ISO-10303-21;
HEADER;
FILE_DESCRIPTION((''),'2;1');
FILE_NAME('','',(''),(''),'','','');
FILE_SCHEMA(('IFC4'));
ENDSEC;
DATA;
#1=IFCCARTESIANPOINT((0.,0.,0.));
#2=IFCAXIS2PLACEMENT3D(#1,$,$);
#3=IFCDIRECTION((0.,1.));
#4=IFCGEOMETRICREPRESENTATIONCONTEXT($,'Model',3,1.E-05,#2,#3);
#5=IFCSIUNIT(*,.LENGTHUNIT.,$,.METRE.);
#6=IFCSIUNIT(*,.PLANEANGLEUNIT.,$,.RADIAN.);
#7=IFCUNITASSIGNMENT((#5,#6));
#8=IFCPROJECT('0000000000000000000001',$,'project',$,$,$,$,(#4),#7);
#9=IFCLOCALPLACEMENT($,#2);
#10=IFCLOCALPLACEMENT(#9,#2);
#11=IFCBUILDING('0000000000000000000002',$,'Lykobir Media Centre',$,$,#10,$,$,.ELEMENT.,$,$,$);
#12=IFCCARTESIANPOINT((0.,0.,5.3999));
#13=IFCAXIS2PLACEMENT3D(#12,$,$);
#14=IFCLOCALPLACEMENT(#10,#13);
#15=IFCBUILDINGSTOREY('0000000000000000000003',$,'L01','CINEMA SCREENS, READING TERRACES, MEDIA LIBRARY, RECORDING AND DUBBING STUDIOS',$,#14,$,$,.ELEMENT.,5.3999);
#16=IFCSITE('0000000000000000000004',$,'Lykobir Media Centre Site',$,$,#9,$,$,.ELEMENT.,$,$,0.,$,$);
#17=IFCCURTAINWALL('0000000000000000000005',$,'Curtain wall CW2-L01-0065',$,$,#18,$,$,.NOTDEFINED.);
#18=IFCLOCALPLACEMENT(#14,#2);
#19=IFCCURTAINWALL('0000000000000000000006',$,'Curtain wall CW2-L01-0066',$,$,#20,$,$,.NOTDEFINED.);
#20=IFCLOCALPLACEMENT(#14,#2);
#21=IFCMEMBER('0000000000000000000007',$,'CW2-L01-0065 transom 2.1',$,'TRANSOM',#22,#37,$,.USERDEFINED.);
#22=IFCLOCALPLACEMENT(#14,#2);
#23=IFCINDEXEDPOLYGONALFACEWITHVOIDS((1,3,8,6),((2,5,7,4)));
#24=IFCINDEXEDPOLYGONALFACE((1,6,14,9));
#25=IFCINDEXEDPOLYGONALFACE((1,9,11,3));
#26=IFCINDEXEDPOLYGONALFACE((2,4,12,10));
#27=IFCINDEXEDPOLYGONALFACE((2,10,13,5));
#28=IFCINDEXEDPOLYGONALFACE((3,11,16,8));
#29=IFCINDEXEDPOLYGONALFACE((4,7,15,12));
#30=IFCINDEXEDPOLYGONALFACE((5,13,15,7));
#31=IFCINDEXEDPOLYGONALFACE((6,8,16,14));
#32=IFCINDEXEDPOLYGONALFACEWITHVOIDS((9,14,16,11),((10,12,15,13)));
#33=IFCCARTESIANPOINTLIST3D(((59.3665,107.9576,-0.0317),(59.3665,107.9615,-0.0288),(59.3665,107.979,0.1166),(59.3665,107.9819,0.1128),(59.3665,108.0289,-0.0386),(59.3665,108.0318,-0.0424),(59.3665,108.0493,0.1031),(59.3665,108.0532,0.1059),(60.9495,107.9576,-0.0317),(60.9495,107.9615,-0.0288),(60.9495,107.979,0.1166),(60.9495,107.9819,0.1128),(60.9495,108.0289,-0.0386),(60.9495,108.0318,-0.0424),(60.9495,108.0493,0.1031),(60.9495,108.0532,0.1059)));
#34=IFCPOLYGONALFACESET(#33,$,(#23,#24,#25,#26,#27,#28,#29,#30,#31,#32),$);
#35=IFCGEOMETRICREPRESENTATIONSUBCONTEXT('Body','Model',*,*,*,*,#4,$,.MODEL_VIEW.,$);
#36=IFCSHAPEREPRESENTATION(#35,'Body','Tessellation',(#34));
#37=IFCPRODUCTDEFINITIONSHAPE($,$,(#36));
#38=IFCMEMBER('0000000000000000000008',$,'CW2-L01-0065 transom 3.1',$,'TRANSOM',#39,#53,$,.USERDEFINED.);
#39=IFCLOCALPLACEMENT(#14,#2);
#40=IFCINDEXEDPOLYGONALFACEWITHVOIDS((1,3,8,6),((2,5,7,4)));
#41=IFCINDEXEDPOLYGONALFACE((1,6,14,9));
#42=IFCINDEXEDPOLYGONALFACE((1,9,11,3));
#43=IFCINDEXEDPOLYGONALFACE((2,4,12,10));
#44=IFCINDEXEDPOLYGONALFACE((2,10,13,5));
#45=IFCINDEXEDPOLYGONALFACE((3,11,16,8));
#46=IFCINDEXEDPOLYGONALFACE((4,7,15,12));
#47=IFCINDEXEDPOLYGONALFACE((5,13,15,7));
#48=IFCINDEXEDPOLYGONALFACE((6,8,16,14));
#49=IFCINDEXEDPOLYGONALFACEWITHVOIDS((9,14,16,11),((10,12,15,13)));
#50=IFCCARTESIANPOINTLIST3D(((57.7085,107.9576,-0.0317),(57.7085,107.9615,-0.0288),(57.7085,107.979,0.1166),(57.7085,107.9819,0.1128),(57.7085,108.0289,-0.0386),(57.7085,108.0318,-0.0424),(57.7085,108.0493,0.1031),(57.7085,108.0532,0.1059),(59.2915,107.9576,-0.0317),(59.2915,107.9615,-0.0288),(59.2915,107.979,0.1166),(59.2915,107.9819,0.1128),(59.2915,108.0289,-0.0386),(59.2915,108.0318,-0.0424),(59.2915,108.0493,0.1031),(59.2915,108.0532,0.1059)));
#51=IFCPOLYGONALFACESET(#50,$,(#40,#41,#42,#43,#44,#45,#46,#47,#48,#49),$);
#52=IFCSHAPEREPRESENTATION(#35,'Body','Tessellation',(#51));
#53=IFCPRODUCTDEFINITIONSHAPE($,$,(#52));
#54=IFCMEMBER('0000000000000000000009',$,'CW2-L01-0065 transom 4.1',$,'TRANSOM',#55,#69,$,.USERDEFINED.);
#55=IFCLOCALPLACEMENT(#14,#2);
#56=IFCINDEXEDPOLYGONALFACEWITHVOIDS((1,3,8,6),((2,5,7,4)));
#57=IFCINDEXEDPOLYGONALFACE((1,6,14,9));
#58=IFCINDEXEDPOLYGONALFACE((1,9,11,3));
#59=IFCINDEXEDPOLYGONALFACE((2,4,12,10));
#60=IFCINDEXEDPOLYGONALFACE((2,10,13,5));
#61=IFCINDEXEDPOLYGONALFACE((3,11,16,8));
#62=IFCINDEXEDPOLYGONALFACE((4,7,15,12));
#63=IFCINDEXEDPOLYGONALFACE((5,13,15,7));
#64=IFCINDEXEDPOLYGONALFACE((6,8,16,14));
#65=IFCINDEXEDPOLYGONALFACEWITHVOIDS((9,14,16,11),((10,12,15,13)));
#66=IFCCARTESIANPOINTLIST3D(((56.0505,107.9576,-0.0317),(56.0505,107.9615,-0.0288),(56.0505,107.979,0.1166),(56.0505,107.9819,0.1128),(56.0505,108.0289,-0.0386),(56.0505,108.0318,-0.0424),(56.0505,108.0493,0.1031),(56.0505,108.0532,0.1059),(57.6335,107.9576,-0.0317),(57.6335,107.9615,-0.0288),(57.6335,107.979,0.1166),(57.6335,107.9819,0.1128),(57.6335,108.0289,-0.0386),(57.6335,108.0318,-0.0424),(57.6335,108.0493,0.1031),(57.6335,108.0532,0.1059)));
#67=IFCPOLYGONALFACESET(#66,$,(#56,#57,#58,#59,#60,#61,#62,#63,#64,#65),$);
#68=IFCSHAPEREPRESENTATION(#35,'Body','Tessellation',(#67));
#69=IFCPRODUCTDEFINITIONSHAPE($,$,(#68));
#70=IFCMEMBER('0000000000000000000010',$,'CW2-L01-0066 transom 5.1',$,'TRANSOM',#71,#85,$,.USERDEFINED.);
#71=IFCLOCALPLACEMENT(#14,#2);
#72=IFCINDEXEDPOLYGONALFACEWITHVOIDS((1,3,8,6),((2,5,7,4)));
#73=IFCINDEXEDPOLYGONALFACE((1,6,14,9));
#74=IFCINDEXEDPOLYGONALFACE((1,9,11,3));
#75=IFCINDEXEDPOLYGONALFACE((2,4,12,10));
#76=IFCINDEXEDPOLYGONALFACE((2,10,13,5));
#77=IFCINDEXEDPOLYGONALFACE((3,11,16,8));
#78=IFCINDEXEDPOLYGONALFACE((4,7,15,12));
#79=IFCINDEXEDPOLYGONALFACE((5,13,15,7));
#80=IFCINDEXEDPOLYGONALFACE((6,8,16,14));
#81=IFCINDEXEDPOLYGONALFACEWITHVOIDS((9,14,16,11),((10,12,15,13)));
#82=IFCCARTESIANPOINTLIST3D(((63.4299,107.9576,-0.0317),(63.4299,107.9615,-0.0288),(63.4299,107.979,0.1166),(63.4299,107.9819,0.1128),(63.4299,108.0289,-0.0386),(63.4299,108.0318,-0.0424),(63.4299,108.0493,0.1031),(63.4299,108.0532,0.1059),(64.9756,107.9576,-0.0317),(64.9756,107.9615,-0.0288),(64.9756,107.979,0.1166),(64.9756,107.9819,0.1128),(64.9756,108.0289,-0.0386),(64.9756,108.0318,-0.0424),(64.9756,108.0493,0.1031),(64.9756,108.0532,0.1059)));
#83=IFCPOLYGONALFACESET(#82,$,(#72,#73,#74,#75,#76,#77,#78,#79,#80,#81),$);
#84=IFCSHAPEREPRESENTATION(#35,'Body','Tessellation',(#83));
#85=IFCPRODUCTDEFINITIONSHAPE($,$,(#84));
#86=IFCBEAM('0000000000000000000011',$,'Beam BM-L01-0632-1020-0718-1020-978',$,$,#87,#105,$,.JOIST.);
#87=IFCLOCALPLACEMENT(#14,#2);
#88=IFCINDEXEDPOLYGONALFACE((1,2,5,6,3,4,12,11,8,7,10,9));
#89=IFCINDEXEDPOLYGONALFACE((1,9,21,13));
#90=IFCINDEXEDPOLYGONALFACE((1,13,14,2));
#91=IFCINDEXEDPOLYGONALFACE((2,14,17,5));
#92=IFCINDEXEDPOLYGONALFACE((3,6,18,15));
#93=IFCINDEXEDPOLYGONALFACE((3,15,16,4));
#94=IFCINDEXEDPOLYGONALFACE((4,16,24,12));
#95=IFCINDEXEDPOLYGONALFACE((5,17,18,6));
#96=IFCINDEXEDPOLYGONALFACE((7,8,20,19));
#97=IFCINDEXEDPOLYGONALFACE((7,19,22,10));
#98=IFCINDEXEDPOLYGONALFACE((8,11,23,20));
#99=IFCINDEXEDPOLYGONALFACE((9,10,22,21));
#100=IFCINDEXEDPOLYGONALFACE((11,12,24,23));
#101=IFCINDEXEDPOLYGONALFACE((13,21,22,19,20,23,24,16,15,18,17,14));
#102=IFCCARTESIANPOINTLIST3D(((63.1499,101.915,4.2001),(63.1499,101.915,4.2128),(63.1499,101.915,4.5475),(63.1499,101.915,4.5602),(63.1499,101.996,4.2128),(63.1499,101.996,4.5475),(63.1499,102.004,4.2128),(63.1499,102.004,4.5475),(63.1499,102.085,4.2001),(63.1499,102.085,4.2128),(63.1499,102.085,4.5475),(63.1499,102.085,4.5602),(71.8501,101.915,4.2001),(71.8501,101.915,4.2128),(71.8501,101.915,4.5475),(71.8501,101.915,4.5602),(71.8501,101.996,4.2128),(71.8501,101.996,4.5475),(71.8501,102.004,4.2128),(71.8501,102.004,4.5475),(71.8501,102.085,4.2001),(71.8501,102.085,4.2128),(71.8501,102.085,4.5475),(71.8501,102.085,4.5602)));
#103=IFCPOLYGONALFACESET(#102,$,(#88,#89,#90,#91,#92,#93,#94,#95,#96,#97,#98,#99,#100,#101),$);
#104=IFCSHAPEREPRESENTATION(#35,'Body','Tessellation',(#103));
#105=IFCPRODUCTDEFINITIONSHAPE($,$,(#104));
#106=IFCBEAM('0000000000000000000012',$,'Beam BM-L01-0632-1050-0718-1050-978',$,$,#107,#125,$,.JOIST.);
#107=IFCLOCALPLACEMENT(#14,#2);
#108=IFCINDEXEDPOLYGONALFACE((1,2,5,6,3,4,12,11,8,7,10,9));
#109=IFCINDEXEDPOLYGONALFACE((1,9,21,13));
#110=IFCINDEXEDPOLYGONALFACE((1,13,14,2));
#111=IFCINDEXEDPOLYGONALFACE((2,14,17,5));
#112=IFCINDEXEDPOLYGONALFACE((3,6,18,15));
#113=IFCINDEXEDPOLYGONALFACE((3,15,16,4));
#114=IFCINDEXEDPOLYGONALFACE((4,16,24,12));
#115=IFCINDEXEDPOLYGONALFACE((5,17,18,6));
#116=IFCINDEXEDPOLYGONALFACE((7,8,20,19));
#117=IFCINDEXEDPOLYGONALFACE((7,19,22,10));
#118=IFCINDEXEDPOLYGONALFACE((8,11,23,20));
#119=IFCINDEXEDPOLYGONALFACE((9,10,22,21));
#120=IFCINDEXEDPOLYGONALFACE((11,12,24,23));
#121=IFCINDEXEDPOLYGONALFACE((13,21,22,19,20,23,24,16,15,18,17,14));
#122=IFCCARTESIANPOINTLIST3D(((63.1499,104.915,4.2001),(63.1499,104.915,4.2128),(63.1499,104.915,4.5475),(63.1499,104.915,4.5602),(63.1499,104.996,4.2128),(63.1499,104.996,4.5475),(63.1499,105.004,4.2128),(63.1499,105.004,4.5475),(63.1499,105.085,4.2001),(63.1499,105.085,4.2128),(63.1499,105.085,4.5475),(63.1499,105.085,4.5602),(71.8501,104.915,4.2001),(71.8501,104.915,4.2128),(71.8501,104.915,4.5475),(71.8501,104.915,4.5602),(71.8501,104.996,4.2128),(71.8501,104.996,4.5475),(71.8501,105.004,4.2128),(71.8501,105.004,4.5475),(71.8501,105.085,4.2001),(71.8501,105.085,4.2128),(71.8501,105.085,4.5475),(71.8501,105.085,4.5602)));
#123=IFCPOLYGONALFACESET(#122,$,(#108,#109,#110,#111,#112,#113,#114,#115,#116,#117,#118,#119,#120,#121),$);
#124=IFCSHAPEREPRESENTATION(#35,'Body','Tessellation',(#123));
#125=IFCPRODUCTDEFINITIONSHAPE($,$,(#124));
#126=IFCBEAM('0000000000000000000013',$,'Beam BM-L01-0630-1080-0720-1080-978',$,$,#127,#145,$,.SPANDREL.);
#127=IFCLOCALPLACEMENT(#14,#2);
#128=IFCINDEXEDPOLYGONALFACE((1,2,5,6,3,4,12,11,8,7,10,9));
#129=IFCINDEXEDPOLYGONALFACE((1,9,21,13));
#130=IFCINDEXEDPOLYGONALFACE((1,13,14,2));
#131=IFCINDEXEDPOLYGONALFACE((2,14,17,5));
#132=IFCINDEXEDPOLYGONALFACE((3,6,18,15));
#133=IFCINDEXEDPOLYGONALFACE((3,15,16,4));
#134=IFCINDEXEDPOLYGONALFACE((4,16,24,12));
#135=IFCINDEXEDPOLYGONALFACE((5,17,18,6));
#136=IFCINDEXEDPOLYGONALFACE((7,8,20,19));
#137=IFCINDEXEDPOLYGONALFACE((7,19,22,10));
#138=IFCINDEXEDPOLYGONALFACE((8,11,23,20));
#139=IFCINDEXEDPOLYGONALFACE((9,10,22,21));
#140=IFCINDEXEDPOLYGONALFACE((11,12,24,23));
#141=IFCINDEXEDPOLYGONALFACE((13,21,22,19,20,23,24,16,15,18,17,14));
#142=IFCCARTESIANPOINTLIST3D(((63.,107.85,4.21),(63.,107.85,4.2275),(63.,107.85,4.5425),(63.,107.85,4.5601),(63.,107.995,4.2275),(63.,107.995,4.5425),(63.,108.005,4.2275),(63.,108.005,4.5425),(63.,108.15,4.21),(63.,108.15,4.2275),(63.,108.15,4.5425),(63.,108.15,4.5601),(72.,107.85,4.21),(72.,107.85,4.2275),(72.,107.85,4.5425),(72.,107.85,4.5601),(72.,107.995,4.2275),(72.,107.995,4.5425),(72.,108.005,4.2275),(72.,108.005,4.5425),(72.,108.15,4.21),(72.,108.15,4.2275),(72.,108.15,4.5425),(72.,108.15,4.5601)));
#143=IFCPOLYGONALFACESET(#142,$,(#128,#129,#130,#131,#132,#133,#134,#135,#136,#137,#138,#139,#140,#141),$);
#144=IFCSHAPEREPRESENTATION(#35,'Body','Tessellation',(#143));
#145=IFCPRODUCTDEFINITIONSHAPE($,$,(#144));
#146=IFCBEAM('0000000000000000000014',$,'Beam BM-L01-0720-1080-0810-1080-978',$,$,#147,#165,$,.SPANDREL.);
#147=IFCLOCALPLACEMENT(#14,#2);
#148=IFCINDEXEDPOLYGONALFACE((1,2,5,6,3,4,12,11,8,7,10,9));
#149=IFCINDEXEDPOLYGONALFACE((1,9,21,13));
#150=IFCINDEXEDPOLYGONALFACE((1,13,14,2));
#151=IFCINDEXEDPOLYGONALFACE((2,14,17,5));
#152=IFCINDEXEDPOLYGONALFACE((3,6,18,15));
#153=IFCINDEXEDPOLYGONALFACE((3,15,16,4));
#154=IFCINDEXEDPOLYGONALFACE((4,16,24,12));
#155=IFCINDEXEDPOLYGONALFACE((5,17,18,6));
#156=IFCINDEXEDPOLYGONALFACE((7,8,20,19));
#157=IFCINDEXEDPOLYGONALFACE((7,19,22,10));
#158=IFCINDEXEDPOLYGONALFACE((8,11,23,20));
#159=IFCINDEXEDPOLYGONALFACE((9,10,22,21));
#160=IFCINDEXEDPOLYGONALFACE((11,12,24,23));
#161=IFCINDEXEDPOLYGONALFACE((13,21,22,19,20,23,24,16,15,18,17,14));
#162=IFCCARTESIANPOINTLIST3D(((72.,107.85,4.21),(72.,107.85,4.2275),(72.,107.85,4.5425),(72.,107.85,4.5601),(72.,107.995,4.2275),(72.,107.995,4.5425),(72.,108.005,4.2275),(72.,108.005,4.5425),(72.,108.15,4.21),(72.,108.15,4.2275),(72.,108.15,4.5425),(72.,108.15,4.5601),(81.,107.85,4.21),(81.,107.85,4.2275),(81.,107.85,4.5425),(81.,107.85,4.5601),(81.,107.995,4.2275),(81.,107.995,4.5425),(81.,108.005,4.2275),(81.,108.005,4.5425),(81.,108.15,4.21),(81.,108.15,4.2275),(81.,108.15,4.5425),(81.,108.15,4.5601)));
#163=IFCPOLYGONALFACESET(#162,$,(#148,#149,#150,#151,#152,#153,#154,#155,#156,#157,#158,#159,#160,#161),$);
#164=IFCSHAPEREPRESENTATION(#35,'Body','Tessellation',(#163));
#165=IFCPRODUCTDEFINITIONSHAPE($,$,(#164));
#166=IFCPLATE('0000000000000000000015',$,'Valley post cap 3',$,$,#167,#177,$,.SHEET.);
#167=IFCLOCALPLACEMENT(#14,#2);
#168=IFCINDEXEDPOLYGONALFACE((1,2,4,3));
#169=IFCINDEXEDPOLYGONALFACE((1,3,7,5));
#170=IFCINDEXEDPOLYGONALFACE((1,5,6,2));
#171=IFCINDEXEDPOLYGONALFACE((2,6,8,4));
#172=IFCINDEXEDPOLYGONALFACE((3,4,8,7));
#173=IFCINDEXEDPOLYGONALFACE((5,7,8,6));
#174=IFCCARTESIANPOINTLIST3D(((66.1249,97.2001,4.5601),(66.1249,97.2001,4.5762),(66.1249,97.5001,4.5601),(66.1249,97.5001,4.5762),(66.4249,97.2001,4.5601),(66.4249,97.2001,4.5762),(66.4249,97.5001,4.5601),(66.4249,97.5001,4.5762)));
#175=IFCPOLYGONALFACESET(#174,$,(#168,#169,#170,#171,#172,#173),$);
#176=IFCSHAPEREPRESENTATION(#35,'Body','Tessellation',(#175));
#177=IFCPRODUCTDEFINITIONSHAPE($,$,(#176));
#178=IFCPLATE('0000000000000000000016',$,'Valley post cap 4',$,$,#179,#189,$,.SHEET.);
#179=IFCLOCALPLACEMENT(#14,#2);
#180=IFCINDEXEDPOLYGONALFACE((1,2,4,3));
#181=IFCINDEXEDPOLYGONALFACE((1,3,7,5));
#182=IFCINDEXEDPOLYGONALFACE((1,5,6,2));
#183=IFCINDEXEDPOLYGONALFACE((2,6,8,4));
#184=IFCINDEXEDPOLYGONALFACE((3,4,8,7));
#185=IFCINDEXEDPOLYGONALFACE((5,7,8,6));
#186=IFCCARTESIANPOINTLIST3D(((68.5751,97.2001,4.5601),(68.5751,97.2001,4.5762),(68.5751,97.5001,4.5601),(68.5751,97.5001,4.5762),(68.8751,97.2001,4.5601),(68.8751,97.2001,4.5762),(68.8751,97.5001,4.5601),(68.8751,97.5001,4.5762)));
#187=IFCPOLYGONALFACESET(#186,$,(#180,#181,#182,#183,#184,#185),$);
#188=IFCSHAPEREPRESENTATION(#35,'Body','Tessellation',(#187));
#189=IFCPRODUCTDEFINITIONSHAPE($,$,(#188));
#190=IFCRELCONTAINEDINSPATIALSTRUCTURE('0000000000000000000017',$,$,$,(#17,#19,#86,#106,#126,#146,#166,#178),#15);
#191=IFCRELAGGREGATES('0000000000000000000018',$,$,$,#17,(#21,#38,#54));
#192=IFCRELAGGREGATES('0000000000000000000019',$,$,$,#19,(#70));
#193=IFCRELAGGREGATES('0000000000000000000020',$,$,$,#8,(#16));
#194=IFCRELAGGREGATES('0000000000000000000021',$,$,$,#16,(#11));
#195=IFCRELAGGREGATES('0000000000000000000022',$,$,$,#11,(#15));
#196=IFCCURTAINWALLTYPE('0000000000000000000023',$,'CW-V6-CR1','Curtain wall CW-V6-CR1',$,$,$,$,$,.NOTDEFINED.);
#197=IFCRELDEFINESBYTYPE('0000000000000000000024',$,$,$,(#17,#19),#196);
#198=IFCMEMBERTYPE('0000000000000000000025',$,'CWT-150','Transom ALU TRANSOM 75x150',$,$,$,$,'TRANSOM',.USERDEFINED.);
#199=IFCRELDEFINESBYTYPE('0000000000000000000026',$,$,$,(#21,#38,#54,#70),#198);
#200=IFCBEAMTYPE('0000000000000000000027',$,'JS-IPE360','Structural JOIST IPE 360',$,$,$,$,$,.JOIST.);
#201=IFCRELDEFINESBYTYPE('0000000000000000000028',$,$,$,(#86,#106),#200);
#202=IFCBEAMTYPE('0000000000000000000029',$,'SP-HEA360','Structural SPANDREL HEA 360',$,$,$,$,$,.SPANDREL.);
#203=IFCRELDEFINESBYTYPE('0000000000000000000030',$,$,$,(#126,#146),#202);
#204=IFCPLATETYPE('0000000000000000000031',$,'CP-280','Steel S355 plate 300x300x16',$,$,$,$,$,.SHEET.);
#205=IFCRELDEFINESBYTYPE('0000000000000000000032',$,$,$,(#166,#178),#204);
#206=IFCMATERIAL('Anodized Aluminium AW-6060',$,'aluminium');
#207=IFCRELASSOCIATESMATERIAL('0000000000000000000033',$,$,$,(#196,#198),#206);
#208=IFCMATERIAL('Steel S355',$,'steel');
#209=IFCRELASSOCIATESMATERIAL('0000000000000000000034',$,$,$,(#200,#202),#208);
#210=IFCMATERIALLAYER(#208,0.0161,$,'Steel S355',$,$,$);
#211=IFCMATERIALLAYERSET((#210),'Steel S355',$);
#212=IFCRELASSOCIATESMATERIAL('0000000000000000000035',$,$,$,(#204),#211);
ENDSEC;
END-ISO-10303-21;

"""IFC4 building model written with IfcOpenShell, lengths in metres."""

from ifc_helpers import new_model, si_unit, direction, frame, origin, origin_2d, place, context, subcontext, project, spatial, rectangle, hollow_rectangle, i_section, extrude, material, layer, layer_set, material_profile, profile_set, type_object, element, aggregate, save


model = new_model("IFC4")

# Units and contexts
model_context = context("Model", 3, precision=1e-05, world=origin(), true_north=direction((0.0, 1.0)))
body_context = subcontext(model_context, "Body", "Model", "MODEL_VIEW")
ifc_project = project(units=[si_unit("LENGTHUNIT", "METRE"), si_unit("PLANEANGLEUNIT", "RADIAN")], contexts=[model_context])

# Site, building, storey
site_placement = place(None, origin())
site = spatial("IfcSite", under=ifc_project, at=site_placement, Name="Lykobir Media Centre Site", CompositionType="ELEMENT", RefElevation=0.0)
building_placement = place(site_placement, origin())
building = spatial("IfcBuilding", under=site, at=building_placement, Name="Lykobir Media Centre", CompositionType="ELEMENT")
storey_placement = place(building_placement, frame((0.0, 0.0, 5.3999)))
storey = spatial("IfcBuildingStorey", under=building, at=storey_placement, Name="L01", Description="CINEMA SCREENS, READING TERRACES, MEDIA LIBRARY, RECORDING AND DUBBING STUDIOS", CompositionType="ELEMENT", Elevation=5.3999)

# Shared definitions
ifc_material_1 = material(Name="Steel S355", Category="steel")

# Curtain walls
ifc_material_2 = material(Name="Anodized Aluminium AW-6060", Category="aluminium")
curtain_wall_type = type_object("IfcCurtainWallType", Name="CW-V6-CR1", Description="Curtain wall CW-V6-CR1", PredefinedType="NOTDEFINED", material=ifc_material_2)
curtain_wall_1_placement = place(storey_placement, origin())
curtain_wall_1 = element("IfcCurtainWall", 1, at=curtain_wall_1_placement, inside=storey, type_object=curtain_wall_type, Name="Curtain wall CW2-L01-0065", PredefinedType="NOTDEFINED")
curtain_wall_2_placement = place(storey_placement, origin())
curtain_wall_2 = element("IfcCurtainWall", 2, at=curtain_wall_2_placement, inside=storey, type_object=curtain_wall_type, Name="Curtain wall CW2-L01-0066", PredefinedType="NOTDEFINED")

# Members
ifc_material_profile_1 = material_profile(ifc_material_2, hollow_rectangle(XDim=0.075, YDim=0.1499, WallThickness=0.0034, at=origin_2d()), Name="ALU TRANSOM 75x150")
ifc_profile_set_1 = profile_set([ifc_material_profile_1], Name="Anodized Aluminium AW-6060")
member_type_1 = type_object("IfcMemberType", Name="CWT-150", Description="Transom ALU TRANSOM 75x150", ElementType="TRANSOM", PredefinedType="USERDEFINED", material=ifc_profile_set_1)
member_1_placement = place(storey_placement, frame((60.9495, 108.0054, 0.0371), z_axis=(-1.0, 0.0, 0.0), x_axis=(0.0, -0.989776, 0.142629)))
member_1 = element("IfcMember", 3, at=member_1_placement, type_object=member_type_1, Name="CW2-L01-0065 transom 2.1", ObjectType="TRANSOM", PredefinedType="USERDEFINED", context=body_context, shape_type="SweptSolid", body=[
    extrude(hollow_rectangle(XDim=0.075, YDim=0.1499, WallThickness=0.0034, at=origin_2d()), origin(), (0.0, 0.0, 1.0), 1.583),
])
member_2_placement = place(storey_placement, frame((59.2915, 108.0054, 0.0371), z_axis=(-1.0, 0.0, 0.0), x_axis=(0.0, -0.989776, 0.142629)))
member_2 = element("IfcMember", 4, at=member_2_placement, type_object=member_type_1, Name="CW2-L01-0065 transom 3.1", ObjectType="TRANSOM", PredefinedType="USERDEFINED", context=body_context, shape_type="SweptSolid", body=[
    extrude(hollow_rectangle(XDim=0.075, YDim=0.1499, WallThickness=0.0034, at=origin_2d()), origin(), (0.0, 0.0, 1.0), 1.583),
])
member_3_placement = place(storey_placement, frame((57.6335, 108.0054, 0.0371), z_axis=(-1.0, 0.0, 0.0), x_axis=(0.0, -0.989776, 0.142629)))
member_3 = element("IfcMember", 5, at=member_3_placement, type_object=member_type_1, Name="CW2-L01-0065 transom 4.1", ObjectType="TRANSOM", PredefinedType="USERDEFINED", context=body_context, shape_type="SweptSolid", body=[
    extrude(hollow_rectangle(XDim=0.075, YDim=0.1499, WallThickness=0.0034, at=origin_2d()), origin(), (0.0, 0.0, 1.0), 1.583),
])
aggregate(curtain_wall_1, [member_1, member_2, member_3])
member_4_placement = place(storey_placement, frame((64.9756, 108.0054, 0.0371), z_axis=(-1.0, 0.0, 0.0), x_axis=(0.0, -0.989776, 0.142629)))
member_4 = element("IfcMember", 6, at=member_4_placement, type_object=member_type_1, Name="CW2-L01-0066 transom 5.1", ObjectType="TRANSOM", PredefinedType="USERDEFINED", context=body_context, shape_type="SweptSolid", body=[
    extrude(hollow_rectangle(XDim=0.075, YDim=0.1499, WallThickness=0.0034, at=origin_2d()), origin(), (0.0, 0.0, 1.0), 1.5457),
])
aggregate(curtain_wall_2, [member_4])

# Beams
ifc_material_profile_2 = material_profile(ifc_material_1, i_section(OverallWidth=0.1699, OverallDepth=0.3601, WebThickness=0.0081, FlangeThickness=0.0127, at=origin_2d()), Name="IPE 360")
ifc_profile_set_2 = profile_set([ifc_material_profile_2], Name="Steel S355")
beam_type_1 = type_object("IfcBeamType", Name="JS-IPE360", Description="Structural JOIST IPE 360", PredefinedType="JOIST", material=ifc_profile_set_2)
for number, where, z_axis, x_axis, name in (
    (7, (63.1499, 102.0, 4.3801), (1.0, 0.0, 0.0), (0.0, 1.0, 0.0), "Beam BM-L01-0632-1020-0718-1020-978"),
    (8, (63.1499, 105.0, 4.3801), (1.0, 0.0, 0.0), (0.0, 1.0, 0.0), "Beam BM-L01-0632-1050-0718-1050-978"),
):
    element("IfcBeam", number, at=place(storey_placement, frame(where, z_axis=z_axis, x_axis=x_axis)), inside=storey, type_object=beam_type_1, Name=name, PredefinedType="JOIST", context=body_context, shape_type="SweptSolid", body=[
        extrude(i_section(OverallWidth=0.1699, OverallDepth=0.3601, WebThickness=0.0081, FlangeThickness=0.0127, at=origin_2d()), origin(), (0.0, 0.0, 1.0), 8.7002),
    ])
ifc_material_profile_3 = material_profile(ifc_material_1, i_section(OverallWidth=0.3, OverallDepth=0.3501, WebThickness=0.01, FlangeThickness=0.0176, at=origin_2d()), Name="HEA 360")
ifc_profile_set_3 = profile_set([ifc_material_profile_3], Name="Steel S355")
beam_type_2 = type_object("IfcBeamType", Name="SP-HEA360", Description="Structural SPANDREL HEA 360", PredefinedType="SPANDREL", material=ifc_profile_set_3)
for number, where, z_axis, x_axis, name in (
    (9, (63.0, 108.0, 4.385), (1.0, 0.0, 0.0), (0.0, 1.0, 0.0), "Beam BM-L01-0630-1080-0720-1080-978"),
    (10, (72.0, 108.0, 4.385), (1.0, 0.0, 0.0), (0.0, 1.0, 0.0), "Beam BM-L01-0720-1080-0810-1080-978"),
):
    element("IfcBeam", number, at=place(storey_placement, frame(where, z_axis=z_axis, x_axis=x_axis)), inside=storey, type_object=beam_type_2, Name=name, PredefinedType="SPANDREL", context=body_context, shape_type="SweptSolid", body=[
        extrude(i_section(OverallWidth=0.3, OverallDepth=0.3501, WebThickness=0.01, FlangeThickness=0.0176, at=origin_2d()), origin(), (0.0, 0.0, 1.0), 9.0),
    ])

# Plates
ifc_layer_1 = layer(ifc_material_1, 0.0161, Name="Steel S355")
ifc_layer_set_1 = layer_set([ifc_layer_1], Name="Steel S355")
plate_type = type_object("IfcPlateType", Name="CP-280", Description="Steel S355 plate 300x300x16", PredefinedType="SHEET", material=ifc_layer_set_1)
for number, where, z_axis, x_axis, name in (
    (11, (66.2749, 97.3501, 4.5601), (0.0, 0.0, 1.0), (1.0, 0.0, 0.0), "Valley post cap 3"),
    (12, (68.7251, 97.3501, 4.5601), (0.0, 0.0, 1.0), (1.0, 0.0, 0.0), "Valley post cap 4"),
):
    element("IfcPlate", number, at=place(storey_placement, frame(where, z_axis=z_axis, x_axis=x_axis)), inside=storey, type_object=plate_type, Name=name, PredefinedType="SHEET", context=body_context, shape_type="SweptSolid", body=[
        extrude(rectangle(XDim=0.3, YDim=0.3, at=origin_2d()), origin(), (0.0, 0.0, 1.0), 0.0161),
    ])

save(model, "model.ifc")
